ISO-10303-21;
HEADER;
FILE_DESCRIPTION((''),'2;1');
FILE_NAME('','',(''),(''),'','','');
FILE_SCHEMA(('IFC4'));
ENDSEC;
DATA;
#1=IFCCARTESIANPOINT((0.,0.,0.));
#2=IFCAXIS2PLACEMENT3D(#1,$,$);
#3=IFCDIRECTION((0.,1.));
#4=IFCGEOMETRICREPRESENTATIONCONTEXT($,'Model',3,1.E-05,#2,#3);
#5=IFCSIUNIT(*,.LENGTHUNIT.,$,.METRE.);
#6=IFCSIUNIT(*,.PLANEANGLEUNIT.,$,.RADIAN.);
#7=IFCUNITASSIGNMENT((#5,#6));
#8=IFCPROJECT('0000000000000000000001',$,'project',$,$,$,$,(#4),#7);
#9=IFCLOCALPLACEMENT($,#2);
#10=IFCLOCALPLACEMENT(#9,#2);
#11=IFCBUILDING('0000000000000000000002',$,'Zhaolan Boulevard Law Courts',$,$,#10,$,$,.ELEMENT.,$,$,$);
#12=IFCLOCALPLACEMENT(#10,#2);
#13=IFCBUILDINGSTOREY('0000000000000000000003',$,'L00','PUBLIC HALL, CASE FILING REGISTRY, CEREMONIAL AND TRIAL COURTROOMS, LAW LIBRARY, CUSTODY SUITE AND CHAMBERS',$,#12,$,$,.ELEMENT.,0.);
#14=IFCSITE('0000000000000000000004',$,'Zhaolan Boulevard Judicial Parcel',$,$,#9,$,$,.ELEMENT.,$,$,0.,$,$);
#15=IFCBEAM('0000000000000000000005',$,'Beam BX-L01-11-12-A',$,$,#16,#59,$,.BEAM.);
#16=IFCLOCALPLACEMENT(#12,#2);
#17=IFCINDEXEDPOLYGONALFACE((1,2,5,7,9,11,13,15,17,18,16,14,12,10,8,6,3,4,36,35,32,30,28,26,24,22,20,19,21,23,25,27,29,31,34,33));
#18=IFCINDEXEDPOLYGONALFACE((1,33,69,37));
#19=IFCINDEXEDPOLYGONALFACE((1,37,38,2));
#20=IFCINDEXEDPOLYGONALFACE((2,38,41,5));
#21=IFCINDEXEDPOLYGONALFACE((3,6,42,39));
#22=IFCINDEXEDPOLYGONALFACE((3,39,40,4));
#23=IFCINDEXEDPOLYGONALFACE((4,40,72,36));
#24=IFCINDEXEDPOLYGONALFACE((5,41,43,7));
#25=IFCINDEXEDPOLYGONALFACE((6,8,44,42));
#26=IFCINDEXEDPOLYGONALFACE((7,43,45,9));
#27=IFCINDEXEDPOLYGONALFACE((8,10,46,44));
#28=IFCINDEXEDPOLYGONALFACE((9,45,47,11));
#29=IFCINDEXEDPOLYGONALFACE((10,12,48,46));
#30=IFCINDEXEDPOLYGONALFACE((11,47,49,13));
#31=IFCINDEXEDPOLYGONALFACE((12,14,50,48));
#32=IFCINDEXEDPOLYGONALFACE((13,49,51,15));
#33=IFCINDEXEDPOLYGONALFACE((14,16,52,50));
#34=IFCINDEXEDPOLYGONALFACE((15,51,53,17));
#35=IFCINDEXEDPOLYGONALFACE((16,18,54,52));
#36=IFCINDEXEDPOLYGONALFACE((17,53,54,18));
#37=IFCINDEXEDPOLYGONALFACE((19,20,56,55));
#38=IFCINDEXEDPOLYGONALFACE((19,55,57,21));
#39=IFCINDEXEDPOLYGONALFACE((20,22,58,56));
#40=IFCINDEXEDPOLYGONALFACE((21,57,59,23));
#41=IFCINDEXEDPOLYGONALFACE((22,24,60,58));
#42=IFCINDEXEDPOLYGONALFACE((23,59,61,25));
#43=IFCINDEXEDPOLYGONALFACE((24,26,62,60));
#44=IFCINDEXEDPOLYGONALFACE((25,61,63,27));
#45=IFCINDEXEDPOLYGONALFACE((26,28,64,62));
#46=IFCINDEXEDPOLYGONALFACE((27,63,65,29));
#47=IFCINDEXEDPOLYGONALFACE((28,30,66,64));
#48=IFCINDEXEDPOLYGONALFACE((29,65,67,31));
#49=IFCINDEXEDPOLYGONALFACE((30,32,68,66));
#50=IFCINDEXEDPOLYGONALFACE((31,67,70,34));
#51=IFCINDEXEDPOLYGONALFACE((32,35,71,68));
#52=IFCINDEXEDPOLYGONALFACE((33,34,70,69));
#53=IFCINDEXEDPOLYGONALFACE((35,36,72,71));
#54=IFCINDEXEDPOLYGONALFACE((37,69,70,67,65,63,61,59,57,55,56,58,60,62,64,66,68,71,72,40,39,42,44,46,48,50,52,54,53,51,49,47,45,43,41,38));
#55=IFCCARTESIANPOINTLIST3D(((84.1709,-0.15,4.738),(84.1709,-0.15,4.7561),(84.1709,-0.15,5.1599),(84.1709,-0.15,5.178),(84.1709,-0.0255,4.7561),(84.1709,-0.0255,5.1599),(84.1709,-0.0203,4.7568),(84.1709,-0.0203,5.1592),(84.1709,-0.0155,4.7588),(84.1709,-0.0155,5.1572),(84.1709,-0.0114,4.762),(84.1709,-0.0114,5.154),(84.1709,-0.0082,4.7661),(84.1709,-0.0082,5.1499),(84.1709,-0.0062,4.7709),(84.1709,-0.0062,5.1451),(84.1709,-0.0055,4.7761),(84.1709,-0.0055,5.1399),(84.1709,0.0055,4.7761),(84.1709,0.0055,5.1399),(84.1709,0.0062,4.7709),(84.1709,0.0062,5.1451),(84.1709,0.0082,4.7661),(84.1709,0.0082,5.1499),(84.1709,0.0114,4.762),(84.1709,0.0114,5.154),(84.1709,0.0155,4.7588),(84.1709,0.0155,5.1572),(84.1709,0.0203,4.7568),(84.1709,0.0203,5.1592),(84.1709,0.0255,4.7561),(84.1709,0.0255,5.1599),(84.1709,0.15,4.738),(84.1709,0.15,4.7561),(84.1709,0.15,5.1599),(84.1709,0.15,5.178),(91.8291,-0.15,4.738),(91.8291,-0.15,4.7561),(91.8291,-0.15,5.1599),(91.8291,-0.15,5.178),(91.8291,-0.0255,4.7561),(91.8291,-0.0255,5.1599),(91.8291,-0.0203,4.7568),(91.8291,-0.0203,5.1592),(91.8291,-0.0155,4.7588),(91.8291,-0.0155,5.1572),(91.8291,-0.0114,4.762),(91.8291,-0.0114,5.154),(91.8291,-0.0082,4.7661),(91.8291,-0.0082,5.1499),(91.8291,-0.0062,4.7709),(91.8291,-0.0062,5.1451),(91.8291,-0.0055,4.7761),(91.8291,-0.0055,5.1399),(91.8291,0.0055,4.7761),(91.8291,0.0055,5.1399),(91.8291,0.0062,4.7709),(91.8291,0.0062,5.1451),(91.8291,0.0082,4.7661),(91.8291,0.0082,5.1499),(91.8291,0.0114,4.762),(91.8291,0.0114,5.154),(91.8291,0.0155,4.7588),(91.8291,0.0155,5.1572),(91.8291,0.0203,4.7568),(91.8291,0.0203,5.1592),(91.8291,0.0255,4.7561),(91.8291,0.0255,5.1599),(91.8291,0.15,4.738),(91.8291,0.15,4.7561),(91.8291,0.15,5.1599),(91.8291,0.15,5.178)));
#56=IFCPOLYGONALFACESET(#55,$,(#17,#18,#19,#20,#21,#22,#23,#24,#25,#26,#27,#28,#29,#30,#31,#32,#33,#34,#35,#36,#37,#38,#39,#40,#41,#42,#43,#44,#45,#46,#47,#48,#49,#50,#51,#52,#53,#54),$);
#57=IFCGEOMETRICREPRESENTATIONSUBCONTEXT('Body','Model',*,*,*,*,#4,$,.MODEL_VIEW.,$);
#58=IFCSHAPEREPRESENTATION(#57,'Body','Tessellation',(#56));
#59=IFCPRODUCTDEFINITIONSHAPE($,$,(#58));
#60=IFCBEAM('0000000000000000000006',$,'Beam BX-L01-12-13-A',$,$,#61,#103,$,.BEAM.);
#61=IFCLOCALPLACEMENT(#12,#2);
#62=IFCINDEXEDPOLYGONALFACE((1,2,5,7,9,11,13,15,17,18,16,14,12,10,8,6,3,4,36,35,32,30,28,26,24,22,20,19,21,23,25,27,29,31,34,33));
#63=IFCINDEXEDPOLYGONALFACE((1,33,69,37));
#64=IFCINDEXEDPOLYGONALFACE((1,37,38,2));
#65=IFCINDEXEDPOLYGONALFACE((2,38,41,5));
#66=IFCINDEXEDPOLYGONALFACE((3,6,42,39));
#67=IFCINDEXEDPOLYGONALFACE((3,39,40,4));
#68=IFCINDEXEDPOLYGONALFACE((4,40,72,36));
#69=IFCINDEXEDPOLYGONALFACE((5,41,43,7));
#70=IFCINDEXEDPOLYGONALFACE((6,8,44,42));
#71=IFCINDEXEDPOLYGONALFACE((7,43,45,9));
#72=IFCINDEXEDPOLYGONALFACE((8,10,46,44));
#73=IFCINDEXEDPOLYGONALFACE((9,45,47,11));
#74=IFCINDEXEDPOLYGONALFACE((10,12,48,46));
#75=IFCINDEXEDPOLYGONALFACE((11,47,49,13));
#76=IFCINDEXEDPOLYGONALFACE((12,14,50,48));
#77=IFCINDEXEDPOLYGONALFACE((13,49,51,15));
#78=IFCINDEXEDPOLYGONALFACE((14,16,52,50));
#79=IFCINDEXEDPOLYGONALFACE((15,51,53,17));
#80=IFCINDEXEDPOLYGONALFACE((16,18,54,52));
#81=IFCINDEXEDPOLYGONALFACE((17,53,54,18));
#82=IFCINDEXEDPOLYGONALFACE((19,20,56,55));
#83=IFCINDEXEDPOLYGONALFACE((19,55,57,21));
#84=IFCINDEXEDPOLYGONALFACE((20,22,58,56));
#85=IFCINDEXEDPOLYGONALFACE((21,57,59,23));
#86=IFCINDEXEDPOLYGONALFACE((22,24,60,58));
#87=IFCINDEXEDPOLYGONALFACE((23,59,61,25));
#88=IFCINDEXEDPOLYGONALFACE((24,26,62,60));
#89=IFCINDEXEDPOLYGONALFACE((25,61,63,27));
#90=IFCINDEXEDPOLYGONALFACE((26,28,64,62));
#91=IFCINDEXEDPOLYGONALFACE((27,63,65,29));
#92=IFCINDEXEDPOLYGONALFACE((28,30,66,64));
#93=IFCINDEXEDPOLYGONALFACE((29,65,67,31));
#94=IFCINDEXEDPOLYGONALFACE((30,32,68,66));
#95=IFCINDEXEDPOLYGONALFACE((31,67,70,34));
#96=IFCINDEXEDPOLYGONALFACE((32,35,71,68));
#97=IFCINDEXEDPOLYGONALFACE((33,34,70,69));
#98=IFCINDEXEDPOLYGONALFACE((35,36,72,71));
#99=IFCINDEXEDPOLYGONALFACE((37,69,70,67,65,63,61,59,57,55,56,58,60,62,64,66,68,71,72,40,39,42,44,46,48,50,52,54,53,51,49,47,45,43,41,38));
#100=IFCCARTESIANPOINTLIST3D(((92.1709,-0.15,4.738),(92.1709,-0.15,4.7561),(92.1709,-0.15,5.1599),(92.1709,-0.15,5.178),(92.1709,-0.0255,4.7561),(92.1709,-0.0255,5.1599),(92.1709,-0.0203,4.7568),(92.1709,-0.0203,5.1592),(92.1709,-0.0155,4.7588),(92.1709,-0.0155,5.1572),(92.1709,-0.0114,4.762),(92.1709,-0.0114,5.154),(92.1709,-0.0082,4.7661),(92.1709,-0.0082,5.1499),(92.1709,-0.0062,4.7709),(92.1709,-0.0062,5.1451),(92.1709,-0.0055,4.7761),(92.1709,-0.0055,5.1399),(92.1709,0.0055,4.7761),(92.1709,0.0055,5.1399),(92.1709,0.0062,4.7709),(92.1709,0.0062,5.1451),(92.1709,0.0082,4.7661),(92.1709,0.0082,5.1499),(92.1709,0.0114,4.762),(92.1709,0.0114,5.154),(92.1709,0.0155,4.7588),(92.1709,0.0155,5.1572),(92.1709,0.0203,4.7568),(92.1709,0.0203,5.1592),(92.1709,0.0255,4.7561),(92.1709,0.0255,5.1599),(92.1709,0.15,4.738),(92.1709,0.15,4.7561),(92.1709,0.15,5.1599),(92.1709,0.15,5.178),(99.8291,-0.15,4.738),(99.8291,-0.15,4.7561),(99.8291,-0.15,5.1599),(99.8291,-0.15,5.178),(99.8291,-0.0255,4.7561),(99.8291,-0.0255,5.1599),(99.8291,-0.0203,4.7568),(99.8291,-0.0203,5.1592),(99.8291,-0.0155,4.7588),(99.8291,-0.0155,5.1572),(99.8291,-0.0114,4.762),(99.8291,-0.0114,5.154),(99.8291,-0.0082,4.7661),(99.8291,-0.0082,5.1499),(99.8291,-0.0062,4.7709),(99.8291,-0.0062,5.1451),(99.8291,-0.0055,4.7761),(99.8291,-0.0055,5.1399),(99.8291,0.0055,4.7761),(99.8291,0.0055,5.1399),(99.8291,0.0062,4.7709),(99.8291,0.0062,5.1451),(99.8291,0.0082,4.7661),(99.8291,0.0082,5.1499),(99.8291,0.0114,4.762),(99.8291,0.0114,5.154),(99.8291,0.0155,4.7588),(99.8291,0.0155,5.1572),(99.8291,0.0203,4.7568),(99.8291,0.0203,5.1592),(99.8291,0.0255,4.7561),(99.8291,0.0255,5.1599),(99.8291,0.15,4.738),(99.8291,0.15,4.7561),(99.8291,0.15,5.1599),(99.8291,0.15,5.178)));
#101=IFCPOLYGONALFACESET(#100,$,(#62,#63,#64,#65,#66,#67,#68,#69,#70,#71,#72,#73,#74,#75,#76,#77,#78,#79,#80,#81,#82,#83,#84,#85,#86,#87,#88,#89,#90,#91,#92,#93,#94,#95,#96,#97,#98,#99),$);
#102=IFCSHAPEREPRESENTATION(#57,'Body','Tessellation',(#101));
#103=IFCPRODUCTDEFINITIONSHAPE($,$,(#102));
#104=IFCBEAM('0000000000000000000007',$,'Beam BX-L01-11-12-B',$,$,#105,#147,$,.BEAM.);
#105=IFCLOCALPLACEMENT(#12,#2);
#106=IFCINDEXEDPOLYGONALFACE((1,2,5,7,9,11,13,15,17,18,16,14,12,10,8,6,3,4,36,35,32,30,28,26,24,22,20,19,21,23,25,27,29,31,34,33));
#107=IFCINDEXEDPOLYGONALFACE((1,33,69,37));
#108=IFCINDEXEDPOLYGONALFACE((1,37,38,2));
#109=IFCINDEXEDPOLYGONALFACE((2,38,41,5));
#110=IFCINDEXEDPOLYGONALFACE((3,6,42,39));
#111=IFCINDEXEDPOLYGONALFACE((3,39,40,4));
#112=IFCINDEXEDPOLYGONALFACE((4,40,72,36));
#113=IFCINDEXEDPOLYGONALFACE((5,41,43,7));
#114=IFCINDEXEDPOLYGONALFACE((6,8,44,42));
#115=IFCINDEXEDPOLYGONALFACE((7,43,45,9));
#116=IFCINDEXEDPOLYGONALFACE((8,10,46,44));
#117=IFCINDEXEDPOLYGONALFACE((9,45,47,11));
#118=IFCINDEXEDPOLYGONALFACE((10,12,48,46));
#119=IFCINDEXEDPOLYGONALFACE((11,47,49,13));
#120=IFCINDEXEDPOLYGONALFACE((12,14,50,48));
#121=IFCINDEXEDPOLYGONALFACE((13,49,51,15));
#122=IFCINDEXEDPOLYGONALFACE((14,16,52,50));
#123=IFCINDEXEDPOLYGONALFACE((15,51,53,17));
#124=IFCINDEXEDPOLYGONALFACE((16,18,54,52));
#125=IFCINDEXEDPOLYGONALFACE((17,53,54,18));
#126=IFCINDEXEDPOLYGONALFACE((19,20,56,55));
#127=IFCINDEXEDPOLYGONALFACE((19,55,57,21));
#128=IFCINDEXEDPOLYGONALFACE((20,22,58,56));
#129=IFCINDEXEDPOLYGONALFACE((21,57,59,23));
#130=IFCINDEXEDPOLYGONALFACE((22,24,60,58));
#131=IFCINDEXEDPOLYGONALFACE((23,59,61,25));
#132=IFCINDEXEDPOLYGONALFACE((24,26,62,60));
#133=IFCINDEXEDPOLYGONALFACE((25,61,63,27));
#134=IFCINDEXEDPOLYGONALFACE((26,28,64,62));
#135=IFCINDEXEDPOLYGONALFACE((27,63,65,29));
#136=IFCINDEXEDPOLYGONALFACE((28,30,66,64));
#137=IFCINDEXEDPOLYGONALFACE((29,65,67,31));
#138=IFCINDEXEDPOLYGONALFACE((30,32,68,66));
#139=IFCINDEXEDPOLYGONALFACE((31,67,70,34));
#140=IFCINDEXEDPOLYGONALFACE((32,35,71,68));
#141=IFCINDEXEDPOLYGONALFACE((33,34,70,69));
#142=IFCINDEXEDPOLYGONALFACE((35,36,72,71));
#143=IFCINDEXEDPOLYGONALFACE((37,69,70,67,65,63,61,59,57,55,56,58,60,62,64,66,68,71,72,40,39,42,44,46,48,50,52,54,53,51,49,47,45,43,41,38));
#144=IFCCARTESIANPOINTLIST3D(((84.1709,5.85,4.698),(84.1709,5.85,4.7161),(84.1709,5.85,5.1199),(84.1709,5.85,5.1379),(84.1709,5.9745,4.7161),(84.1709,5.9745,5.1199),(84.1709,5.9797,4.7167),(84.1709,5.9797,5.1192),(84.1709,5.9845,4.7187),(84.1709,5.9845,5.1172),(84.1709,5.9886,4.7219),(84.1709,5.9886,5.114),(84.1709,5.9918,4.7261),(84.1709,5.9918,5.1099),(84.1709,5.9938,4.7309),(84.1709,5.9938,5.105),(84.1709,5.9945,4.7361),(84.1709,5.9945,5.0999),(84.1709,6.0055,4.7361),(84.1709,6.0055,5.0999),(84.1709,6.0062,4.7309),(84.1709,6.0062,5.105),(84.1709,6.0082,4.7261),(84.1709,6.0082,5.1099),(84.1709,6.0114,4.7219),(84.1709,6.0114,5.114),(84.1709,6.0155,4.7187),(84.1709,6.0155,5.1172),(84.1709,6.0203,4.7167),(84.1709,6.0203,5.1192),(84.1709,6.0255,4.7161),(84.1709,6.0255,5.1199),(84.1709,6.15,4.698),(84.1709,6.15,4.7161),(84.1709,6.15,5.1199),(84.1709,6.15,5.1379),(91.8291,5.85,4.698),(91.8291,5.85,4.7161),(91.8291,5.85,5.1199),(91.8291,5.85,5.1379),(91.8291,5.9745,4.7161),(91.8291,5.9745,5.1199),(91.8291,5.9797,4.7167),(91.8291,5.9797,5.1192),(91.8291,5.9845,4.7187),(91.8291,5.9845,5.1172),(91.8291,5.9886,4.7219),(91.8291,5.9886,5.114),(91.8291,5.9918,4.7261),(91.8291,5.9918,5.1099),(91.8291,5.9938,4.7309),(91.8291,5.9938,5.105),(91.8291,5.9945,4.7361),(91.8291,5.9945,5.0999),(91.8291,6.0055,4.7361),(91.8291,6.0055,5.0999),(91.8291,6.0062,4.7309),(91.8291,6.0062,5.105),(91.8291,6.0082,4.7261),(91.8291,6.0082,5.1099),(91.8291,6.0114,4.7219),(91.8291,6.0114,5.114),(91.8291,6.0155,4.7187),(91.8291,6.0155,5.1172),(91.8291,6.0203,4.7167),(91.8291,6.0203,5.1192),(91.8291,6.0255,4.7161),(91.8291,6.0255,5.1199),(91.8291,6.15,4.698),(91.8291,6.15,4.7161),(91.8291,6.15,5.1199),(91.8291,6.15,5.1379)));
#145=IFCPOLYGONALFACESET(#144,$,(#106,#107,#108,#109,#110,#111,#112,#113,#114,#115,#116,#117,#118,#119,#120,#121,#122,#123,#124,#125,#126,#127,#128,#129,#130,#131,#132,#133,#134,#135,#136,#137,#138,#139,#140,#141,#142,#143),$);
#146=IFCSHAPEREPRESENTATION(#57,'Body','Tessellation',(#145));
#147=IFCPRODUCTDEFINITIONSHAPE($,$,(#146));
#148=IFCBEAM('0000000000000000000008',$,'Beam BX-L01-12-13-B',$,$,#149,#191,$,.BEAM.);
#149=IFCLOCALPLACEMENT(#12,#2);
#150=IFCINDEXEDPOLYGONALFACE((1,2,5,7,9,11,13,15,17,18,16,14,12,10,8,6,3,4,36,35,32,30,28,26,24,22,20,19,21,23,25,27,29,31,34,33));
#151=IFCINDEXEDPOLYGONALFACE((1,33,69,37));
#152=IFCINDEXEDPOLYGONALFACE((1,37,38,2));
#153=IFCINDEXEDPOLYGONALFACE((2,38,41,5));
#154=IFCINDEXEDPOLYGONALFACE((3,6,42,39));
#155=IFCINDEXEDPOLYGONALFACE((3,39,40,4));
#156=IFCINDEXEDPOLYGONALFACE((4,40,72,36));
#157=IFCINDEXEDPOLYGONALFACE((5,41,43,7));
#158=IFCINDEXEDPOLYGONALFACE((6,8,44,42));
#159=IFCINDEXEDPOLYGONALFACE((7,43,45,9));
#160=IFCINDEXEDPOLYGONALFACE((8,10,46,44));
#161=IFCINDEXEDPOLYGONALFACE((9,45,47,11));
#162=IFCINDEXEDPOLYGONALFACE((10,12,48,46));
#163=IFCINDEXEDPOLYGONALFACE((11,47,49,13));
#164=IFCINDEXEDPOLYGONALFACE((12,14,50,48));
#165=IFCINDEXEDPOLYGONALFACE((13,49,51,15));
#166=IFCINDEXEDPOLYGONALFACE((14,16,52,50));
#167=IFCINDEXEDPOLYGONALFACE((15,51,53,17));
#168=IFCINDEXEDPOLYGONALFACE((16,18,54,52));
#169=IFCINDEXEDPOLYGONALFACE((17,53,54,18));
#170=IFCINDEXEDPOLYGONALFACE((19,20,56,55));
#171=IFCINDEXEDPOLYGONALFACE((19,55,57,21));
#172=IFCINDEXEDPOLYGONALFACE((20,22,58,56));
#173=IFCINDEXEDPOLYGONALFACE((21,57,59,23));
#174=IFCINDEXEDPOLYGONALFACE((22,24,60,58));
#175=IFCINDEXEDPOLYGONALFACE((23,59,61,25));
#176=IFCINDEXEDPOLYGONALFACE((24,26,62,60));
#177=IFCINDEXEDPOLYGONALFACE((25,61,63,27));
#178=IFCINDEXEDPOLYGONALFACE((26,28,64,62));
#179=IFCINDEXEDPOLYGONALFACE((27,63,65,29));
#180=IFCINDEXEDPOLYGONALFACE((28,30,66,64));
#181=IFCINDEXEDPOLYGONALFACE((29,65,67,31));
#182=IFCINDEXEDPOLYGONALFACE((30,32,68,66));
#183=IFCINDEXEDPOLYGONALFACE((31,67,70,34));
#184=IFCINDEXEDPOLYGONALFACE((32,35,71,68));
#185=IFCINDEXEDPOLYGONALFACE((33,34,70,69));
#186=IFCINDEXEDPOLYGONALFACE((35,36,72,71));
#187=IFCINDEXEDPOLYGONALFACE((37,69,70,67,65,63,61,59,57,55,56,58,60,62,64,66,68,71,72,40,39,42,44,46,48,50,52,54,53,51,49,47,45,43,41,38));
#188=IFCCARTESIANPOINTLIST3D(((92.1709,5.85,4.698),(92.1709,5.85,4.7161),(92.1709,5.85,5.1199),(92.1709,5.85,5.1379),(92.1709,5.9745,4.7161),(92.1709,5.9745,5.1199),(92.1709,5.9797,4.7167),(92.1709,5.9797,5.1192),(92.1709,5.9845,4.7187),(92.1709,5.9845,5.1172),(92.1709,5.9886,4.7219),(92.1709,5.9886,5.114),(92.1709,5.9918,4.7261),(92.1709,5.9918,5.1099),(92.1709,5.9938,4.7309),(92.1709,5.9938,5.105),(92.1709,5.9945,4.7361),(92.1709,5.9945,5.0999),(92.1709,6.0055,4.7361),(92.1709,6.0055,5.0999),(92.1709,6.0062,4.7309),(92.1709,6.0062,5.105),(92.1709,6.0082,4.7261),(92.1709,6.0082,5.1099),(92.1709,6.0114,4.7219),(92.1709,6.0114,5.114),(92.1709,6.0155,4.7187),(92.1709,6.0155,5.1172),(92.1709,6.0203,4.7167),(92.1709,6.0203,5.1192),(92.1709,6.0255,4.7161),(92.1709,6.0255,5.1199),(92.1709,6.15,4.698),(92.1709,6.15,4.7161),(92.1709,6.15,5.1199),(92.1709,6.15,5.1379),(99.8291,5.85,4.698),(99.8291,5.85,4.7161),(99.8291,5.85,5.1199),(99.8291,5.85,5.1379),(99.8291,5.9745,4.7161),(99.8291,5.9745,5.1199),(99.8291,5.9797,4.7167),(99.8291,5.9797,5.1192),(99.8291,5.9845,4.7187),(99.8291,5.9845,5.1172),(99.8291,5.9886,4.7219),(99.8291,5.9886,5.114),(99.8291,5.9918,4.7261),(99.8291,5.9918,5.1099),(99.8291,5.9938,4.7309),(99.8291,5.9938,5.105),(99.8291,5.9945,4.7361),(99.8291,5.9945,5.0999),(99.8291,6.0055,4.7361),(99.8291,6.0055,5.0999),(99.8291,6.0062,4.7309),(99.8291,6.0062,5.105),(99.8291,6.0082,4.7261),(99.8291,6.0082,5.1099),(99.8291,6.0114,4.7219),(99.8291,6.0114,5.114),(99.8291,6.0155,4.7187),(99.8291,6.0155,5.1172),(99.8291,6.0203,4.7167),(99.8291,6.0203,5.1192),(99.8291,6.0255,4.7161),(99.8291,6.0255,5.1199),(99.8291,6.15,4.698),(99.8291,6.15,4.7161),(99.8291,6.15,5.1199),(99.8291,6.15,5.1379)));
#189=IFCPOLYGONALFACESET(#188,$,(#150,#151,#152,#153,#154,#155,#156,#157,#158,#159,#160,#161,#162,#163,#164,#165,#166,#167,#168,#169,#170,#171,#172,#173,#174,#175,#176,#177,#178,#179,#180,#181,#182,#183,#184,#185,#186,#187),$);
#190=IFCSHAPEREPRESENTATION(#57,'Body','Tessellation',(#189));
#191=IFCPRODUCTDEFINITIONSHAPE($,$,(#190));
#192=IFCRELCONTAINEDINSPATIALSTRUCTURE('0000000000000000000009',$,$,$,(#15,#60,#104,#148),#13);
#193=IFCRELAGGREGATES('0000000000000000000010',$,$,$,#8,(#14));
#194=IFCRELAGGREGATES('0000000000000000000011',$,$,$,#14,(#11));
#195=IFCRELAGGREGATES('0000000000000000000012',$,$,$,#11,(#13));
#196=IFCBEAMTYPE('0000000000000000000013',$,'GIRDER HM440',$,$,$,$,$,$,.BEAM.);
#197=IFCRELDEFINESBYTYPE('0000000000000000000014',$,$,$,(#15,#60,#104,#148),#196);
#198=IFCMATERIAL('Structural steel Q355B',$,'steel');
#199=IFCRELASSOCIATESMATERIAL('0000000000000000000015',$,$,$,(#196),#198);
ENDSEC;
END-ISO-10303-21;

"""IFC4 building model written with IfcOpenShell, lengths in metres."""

from ifc_helpers import new_model, si_unit, direction, frame, origin, origin_2d, place, context, subcontext, project, spatial, i_section, extrude, material, material_profile, profile_set, type_object, element, save


model = new_model("IFC4")

# Units and contexts
model_context = context("Model", 3, precision=1e-05, world=origin(), true_north=direction((0.0, 1.0)))
body_context = subcontext(model_context, "Body", "Model", "MODEL_VIEW")
ifc_project = project(units=[si_unit("LENGTHUNIT", "METRE"), si_unit("PLANEANGLEUNIT", "RADIAN")], contexts=[model_context])

# Site, building, storey
site_placement = place(None, origin())
site = spatial("IfcSite", under=ifc_project, at=site_placement, Name="Zhaolan Boulevard Judicial Parcel", CompositionType="ELEMENT", RefElevation=0.0)
building_placement = place(site_placement, origin())
building = spatial("IfcBuilding", under=site, at=building_placement, Name="Zhaolan Boulevard Law Courts", CompositionType="ELEMENT")
storey_placement = place(building_placement, origin())
storey = spatial("IfcBuildingStorey", under=building, at=storey_placement, Name="L00", Description="PUBLIC HALL, CASE FILING REGISTRY, CEREMONIAL AND TRIAL COURTROOMS, LAW LIBRARY, CUSTODY SUITE AND CHAMBERS", CompositionType="ELEMENT", Elevation=0.0)

# Beams
ifc_material_1 = material(Name="Structural steel Q355B", Category="steel")
ifc_material_profile_1 = material_profile(ifc_material_1, i_section(OverallWidth=0.3, OverallDepth=0.4399, WebThickness=0.011, FlangeThickness=0.0181, FilletRadius=0.02, at=origin_2d()), Name="HM440x300")
ifc_profile_set_1 = profile_set([ifc_material_profile_1], Name="Structural steel Q355B")
beam_type_1 = type_object("IfcBeamType", Name="GIRDER HM440", PredefinedType="BEAM", material=ifc_profile_set_1)
for number, where, z_axis, x_axis, name in (
    (1, (84.1709, 0.0, 4.958), (1.0, 0.0, 0.0), (0.0, 1.0, 0.0), "Beam BX-L01-11-12-A"),
    (2, (92.1709, 0.0, 4.958), (1.0, 0.0, 0.0), (0.0, 1.0, 0.0), "Beam BX-L01-12-13-A"),
    (3, (84.1709, 6.0, 4.918), (1.0, 0.0, 0.0), (0.0, 1.0, 0.0), "Beam BX-L01-11-12-B"),
    (4, (92.1709, 6.0, 4.918), (1.0, 0.0, 0.0), (0.0, 1.0, 0.0), "Beam BX-L01-12-13-B"),
):
    element("IfcBeam", number, at=place(storey_placement, frame(where, z_axis=z_axis, x_axis=x_axis)), inside=storey, type_object=beam_type_1, Name=name, PredefinedType="BEAM", context=body_context, shape_type="SweptSolid", body=[
        extrude(i_section(OverallWidth=0.3, OverallDepth=0.4399, WebThickness=0.011, FlangeThickness=0.0181, FilletRadius=0.02, at=origin_2d()), origin(), (0.0, 0.0, 1.0), 7.6582),
    ])

save(model, "model.ifc")
